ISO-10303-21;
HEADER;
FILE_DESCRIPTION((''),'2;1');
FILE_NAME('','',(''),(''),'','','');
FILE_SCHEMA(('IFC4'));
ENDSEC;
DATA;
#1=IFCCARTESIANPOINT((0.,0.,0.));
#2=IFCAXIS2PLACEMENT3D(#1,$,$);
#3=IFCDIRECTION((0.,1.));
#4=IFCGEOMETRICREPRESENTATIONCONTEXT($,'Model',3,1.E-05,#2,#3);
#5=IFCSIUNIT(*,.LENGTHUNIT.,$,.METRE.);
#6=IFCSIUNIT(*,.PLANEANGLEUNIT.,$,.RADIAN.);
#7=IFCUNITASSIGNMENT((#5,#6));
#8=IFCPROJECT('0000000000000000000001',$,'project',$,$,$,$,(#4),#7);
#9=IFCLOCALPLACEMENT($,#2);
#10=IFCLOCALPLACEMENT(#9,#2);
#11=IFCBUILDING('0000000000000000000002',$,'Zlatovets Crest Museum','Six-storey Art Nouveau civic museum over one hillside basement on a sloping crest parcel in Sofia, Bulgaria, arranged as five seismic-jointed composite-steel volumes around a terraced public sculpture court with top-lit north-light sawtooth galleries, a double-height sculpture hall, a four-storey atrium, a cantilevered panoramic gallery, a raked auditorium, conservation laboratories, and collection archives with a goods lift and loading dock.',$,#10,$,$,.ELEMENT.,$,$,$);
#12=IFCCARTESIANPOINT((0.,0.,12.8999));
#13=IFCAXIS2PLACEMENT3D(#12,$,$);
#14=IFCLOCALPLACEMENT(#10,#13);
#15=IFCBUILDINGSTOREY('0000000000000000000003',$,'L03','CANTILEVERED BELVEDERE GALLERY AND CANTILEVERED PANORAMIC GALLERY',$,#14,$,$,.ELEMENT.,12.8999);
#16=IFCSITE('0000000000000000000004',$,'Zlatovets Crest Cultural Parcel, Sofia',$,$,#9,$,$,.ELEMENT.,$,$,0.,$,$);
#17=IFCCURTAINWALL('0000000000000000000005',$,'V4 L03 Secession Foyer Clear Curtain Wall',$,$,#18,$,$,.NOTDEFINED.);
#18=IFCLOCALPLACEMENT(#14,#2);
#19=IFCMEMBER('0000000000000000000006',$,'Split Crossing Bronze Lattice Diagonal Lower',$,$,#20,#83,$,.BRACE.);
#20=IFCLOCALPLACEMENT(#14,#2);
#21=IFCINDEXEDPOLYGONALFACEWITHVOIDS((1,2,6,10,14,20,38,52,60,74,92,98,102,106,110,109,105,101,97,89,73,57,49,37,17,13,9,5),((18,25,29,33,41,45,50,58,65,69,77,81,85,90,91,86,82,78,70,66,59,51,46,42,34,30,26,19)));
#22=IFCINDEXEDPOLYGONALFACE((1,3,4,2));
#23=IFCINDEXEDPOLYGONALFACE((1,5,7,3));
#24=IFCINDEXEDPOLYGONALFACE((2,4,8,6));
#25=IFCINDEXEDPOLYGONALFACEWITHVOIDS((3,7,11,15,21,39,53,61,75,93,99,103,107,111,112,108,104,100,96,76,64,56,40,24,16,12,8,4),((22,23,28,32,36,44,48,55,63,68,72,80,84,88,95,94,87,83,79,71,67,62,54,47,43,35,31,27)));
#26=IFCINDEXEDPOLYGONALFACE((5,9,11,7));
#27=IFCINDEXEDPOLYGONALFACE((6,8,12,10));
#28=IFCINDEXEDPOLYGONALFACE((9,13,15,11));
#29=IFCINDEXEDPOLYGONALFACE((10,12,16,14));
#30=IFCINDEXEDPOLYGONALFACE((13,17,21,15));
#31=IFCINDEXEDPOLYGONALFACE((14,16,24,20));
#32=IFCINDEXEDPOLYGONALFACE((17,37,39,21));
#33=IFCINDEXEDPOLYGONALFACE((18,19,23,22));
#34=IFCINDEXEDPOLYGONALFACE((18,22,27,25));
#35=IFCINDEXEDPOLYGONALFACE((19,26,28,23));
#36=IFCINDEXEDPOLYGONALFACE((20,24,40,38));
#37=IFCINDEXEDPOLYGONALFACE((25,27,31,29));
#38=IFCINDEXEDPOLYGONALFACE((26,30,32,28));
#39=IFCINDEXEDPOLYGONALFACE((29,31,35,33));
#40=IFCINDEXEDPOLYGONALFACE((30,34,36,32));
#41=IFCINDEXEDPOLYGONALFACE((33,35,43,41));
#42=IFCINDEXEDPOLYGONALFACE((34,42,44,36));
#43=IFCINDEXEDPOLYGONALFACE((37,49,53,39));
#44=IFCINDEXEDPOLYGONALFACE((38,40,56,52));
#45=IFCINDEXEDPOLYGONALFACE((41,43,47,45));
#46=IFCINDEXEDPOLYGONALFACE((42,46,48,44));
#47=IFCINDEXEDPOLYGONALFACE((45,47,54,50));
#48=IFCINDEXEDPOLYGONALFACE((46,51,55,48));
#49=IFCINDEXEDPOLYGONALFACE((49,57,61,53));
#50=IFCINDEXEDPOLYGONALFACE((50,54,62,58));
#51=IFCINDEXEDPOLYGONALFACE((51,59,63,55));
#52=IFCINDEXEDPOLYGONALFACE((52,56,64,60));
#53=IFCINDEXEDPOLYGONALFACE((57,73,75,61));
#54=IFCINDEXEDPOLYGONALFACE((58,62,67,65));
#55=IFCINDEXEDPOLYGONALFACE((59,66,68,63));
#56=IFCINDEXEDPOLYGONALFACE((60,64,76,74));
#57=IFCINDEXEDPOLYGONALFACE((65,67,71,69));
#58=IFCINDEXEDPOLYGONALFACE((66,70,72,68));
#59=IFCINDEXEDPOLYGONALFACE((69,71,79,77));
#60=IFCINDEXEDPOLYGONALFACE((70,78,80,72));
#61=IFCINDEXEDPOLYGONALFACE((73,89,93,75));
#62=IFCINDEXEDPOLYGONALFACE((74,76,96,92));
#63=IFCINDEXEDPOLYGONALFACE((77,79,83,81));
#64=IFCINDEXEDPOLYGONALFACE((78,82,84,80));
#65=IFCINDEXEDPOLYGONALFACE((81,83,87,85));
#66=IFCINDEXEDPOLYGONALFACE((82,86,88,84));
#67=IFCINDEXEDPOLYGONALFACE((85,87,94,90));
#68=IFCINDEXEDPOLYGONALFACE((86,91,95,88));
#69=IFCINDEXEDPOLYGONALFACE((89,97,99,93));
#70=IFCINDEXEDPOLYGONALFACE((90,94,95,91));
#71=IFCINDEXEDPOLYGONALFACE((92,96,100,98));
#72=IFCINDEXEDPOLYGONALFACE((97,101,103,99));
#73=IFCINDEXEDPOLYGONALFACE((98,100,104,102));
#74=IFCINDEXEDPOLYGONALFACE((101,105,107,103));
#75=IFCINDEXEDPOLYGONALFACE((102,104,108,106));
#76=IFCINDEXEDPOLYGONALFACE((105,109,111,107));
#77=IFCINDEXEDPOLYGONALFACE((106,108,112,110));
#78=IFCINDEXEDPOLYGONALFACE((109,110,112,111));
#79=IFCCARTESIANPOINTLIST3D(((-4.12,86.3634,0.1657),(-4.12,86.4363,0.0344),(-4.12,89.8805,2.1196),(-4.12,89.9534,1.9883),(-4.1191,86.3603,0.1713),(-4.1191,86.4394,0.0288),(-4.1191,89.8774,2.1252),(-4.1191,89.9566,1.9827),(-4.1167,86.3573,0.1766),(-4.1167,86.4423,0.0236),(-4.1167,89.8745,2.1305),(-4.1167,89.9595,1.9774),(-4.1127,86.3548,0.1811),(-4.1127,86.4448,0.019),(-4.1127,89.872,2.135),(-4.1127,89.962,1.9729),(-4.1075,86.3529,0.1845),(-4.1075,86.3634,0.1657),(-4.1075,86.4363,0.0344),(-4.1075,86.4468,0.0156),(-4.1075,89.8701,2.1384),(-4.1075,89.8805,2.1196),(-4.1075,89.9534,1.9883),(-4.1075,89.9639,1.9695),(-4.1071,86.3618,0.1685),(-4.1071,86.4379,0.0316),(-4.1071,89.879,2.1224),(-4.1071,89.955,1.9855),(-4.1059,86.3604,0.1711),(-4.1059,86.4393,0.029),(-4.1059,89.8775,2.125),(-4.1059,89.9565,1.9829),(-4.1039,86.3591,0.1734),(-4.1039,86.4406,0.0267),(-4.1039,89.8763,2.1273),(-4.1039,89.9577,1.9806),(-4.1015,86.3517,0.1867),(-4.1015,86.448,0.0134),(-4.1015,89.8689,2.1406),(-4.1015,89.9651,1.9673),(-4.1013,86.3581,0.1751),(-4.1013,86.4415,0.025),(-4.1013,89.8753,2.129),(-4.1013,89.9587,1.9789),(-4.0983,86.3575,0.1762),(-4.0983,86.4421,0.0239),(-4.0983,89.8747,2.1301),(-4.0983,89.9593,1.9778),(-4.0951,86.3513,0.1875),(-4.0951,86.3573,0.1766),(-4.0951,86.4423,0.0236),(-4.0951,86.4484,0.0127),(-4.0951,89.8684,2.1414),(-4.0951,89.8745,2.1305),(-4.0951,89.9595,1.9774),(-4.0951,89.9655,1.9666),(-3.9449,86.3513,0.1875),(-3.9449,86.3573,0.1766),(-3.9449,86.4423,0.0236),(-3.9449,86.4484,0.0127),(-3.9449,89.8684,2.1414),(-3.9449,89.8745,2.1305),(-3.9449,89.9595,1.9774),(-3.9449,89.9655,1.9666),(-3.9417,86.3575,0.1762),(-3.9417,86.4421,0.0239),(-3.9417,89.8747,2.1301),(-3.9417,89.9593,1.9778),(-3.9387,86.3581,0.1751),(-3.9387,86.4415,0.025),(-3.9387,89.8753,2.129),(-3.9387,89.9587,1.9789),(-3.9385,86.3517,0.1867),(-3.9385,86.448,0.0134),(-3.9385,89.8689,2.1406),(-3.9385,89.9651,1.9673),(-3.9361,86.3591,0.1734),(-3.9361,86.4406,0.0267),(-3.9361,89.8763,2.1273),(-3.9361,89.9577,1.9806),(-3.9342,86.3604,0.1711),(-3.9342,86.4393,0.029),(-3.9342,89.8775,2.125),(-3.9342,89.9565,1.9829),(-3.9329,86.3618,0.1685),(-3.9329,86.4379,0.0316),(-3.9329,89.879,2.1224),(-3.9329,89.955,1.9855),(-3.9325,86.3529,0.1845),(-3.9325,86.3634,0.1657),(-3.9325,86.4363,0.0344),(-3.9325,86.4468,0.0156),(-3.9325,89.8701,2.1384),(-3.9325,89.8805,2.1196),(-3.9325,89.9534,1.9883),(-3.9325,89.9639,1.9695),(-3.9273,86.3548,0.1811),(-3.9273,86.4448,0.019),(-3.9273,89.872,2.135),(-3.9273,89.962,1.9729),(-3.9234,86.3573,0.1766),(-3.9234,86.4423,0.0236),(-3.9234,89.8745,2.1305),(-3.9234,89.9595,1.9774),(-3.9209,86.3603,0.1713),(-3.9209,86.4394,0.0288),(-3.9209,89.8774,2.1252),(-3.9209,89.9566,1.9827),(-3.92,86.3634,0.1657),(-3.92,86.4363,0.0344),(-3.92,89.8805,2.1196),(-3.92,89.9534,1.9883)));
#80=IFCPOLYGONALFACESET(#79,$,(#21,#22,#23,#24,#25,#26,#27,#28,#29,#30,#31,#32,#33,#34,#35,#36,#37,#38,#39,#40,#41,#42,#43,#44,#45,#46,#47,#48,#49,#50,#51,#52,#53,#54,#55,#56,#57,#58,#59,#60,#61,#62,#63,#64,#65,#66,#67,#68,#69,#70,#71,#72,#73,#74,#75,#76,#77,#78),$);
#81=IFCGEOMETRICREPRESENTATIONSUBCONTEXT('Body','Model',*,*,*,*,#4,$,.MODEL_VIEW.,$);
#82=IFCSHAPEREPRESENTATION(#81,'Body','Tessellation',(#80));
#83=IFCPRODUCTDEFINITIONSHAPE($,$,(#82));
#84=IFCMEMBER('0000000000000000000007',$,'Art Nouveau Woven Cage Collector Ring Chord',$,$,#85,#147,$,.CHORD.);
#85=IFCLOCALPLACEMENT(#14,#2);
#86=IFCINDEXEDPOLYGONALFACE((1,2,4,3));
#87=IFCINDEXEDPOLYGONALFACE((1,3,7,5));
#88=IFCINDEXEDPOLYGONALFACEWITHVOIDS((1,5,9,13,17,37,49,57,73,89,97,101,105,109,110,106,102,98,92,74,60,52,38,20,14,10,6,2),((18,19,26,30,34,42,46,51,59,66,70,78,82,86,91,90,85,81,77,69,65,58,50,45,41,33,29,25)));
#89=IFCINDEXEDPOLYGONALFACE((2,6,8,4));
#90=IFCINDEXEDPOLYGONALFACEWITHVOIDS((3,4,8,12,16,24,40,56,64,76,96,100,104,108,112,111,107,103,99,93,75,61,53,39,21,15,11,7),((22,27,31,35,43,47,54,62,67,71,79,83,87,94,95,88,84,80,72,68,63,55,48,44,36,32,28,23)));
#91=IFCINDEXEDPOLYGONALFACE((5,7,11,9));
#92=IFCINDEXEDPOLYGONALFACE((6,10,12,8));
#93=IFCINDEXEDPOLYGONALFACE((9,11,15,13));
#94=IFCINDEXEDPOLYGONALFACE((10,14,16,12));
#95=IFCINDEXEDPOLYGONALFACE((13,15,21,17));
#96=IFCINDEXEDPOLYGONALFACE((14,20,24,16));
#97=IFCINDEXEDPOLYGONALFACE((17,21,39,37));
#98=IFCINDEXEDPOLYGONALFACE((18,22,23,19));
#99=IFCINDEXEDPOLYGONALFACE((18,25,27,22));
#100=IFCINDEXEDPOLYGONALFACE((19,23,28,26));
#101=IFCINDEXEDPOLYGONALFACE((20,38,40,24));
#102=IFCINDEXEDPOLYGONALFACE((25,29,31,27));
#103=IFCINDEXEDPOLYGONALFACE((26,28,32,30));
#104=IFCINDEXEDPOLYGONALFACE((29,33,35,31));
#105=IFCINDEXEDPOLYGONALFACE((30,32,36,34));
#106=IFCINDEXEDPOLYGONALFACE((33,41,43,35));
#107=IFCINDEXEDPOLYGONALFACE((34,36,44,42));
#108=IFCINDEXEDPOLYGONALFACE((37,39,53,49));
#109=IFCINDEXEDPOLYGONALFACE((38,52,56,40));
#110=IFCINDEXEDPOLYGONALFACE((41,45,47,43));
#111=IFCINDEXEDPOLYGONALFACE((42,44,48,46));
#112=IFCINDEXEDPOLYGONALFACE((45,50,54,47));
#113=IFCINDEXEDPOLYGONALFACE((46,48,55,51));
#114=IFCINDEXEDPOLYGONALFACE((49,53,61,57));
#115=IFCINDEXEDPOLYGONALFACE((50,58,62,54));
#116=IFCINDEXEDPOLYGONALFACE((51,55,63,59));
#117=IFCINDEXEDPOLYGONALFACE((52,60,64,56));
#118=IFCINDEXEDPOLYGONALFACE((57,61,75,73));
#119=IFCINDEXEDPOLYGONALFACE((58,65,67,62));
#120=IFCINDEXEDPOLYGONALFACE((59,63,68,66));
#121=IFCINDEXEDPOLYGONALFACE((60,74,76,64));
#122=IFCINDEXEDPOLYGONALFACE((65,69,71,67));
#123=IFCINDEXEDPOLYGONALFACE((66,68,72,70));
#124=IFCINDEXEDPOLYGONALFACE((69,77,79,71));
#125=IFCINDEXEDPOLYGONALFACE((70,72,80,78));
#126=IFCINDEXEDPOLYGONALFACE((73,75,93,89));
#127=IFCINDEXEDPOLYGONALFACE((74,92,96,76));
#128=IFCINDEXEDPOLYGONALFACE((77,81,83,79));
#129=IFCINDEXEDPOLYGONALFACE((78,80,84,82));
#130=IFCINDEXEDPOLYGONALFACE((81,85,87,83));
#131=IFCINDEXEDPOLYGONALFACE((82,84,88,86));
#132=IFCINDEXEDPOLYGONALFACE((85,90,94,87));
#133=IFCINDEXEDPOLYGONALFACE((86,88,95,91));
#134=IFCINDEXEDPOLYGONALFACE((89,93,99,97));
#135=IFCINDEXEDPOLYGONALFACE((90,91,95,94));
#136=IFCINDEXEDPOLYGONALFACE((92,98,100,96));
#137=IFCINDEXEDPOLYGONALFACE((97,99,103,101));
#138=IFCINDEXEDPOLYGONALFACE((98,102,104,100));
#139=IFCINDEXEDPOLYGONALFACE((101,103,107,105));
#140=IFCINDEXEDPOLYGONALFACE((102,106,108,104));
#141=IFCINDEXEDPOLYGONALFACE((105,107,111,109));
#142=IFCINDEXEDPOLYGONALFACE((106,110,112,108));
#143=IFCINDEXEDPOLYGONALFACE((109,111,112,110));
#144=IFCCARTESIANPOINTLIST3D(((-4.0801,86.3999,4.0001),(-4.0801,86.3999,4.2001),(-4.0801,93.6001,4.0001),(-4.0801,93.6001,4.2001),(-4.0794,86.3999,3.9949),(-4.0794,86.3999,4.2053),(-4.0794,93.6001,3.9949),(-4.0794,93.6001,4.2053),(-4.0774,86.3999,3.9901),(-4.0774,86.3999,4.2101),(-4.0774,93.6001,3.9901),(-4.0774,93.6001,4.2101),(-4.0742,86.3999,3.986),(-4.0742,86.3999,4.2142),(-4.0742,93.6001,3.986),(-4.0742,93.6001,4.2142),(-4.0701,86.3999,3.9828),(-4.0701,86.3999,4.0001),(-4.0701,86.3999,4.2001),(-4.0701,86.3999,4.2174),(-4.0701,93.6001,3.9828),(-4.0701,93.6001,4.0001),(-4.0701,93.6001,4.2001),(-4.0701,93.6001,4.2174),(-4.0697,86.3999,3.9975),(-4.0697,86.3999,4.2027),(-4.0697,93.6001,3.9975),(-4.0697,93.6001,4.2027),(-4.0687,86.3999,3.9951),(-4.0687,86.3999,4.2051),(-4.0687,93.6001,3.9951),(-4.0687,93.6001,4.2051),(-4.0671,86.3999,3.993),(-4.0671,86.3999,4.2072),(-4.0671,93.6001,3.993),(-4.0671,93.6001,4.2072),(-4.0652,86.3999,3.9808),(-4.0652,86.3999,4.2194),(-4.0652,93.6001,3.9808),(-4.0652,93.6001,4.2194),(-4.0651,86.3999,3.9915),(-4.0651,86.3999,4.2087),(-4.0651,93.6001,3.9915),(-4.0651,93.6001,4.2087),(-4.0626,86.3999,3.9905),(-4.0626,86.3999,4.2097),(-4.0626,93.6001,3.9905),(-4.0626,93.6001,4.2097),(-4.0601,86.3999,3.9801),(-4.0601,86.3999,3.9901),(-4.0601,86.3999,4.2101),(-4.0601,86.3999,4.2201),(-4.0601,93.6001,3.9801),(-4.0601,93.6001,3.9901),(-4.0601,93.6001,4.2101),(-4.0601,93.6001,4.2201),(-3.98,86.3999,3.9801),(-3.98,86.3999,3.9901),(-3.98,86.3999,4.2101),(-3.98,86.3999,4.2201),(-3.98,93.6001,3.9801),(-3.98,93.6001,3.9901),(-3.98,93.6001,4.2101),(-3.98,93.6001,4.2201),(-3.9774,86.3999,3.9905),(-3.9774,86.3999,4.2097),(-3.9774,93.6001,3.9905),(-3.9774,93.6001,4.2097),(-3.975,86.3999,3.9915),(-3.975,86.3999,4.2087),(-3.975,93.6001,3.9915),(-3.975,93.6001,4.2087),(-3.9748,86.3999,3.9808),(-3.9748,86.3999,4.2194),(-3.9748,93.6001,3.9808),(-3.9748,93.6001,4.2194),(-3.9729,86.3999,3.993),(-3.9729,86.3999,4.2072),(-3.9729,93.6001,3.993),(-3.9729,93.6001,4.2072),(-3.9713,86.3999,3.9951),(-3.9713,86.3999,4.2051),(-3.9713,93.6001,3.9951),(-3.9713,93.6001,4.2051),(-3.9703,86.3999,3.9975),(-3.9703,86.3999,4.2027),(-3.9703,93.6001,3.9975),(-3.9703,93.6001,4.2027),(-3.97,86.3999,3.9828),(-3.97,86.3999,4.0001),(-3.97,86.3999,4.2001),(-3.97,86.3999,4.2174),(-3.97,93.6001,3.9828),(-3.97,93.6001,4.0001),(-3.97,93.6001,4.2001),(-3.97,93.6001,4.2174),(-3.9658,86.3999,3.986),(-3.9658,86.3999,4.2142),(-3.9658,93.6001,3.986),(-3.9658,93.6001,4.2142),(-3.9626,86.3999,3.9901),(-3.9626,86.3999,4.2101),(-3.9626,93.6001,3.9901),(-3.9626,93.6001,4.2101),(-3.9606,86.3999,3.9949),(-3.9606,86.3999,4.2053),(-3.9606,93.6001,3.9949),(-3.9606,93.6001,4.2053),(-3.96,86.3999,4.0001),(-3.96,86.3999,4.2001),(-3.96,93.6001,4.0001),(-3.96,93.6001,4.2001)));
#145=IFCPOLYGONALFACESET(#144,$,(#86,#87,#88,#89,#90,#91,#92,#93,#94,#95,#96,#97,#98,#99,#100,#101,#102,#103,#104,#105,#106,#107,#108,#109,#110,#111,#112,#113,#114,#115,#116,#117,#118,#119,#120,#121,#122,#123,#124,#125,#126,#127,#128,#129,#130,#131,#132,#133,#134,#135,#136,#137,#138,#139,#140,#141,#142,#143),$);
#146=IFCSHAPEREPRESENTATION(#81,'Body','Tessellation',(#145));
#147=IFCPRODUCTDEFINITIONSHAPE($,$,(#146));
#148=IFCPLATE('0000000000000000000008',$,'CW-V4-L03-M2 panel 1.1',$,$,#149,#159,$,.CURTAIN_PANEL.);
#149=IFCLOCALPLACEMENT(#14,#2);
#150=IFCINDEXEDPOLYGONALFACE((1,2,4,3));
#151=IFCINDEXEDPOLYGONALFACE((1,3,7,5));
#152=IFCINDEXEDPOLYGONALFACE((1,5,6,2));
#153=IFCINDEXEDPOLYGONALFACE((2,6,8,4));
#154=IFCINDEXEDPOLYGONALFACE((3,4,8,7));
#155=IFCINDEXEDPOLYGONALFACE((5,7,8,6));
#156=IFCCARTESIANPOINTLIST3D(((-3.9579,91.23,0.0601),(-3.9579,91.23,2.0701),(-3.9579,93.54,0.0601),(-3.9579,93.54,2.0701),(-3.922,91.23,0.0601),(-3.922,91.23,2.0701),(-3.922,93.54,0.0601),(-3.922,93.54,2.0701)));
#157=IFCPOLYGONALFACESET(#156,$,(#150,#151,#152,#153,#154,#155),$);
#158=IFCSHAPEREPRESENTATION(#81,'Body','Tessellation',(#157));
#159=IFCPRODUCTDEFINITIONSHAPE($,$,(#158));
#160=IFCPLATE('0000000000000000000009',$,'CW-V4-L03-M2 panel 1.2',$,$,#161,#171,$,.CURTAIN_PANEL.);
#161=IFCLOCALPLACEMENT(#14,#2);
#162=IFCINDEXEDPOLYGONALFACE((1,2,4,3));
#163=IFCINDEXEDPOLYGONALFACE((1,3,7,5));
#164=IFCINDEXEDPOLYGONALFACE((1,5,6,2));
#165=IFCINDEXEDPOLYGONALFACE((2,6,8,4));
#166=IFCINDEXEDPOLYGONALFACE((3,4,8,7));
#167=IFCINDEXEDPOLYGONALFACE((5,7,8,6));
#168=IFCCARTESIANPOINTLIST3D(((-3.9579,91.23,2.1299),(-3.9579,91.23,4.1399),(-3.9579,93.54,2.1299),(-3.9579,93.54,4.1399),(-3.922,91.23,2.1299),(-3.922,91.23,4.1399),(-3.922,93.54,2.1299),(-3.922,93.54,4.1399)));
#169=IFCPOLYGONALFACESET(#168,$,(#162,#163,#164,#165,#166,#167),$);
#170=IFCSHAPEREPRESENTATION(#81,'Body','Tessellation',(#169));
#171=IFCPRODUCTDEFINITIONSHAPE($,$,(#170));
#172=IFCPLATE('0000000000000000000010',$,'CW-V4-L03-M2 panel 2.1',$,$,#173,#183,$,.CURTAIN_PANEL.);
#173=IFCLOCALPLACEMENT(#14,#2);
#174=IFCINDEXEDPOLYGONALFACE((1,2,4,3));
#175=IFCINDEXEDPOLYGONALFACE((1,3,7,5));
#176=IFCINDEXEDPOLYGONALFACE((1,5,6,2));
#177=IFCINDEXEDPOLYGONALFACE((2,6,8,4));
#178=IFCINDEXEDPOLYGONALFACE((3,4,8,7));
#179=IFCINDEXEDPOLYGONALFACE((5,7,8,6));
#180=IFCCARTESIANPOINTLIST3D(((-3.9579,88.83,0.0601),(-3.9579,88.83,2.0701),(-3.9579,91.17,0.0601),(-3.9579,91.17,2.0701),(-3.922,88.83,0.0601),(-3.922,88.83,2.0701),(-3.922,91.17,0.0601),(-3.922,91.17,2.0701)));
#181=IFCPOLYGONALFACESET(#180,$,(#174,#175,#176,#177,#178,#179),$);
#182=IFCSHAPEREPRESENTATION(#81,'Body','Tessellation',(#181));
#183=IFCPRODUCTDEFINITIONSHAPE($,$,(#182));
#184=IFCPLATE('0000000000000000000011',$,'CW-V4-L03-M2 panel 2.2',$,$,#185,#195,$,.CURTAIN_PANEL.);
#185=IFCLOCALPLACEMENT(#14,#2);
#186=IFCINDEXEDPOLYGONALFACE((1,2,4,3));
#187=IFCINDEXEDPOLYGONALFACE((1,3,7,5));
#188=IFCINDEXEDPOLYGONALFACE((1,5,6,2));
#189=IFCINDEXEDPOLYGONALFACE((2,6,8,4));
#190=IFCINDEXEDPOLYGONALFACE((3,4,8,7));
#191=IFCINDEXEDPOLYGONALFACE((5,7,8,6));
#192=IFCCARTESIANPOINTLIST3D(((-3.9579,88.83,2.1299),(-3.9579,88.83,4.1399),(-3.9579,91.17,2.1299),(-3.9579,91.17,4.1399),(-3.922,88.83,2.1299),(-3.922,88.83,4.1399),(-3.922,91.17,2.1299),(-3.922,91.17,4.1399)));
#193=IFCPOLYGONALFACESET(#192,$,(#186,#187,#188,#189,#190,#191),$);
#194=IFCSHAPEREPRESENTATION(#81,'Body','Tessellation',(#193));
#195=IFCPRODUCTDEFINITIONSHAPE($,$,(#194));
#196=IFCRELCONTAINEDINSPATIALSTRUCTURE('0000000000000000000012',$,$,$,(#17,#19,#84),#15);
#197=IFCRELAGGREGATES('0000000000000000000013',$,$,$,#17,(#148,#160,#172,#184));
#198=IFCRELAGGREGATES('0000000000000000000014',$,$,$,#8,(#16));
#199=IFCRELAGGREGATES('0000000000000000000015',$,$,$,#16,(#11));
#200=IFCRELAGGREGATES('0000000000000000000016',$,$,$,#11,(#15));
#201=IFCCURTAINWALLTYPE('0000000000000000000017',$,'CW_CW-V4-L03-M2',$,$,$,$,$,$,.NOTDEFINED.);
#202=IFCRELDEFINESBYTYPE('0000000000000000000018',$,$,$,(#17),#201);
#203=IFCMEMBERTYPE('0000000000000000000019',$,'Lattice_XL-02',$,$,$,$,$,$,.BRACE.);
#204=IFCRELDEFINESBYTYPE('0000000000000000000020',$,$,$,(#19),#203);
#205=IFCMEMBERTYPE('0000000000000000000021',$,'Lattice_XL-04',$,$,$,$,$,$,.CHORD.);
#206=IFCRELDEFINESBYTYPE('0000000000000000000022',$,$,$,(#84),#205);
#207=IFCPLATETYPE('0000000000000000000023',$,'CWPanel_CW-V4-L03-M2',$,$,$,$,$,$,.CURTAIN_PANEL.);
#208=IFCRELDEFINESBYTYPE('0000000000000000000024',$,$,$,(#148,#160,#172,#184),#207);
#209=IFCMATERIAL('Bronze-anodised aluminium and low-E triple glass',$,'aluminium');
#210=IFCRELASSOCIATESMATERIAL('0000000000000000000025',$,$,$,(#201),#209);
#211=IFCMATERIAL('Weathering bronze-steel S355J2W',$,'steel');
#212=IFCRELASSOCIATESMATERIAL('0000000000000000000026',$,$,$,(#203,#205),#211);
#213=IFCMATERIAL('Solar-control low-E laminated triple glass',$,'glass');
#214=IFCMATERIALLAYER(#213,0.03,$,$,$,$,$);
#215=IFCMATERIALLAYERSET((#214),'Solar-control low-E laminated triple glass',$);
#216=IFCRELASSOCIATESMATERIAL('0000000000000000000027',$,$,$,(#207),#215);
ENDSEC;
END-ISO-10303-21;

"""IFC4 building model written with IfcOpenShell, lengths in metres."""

from ifc_helpers import new_model, si_unit, direction, frame, origin, origin_2d, place, context, subcontext, project, spatial, rectangle, hollow_rectangle, extrude, material, layer, layer_set, material_profile, profile_set, type_object, element, aggregate, save


model = new_model("IFC4")

# Units and contexts
model_context = context("Model", 3, precision=1e-05, world=origin(), true_north=direction((0.0, 1.0)))
body_context = subcontext(model_context, "Body", "Model", "MODEL_VIEW")
ifc_project = project(units=[si_unit("LENGTHUNIT", "METRE"), si_unit("PLANEANGLEUNIT", "RADIAN")], contexts=[model_context])

# Site, building, storey
site_placement = place(None, origin())
site = spatial("IfcSite", under=ifc_project, at=site_placement, Name="Zlatovets Crest Cultural Parcel, Sofia", CompositionType="ELEMENT", RefElevation=0.0)
building_placement = place(site_placement, origin())
building = spatial("IfcBuilding", under=site, at=building_placement, Name="Zlatovets Crest Museum", Description="Six-storey Art Nouveau civic museum over one hillside basement on a sloping crest parcel in Sofia, Bulgaria, arranged as five seismic-jointed composite-steel volumes around a terraced public sculpture court with top-lit north-light sawtooth galleries, a double-height sculpture hall, a four-storey atrium, a cantilevered panoramic gallery, a raked auditorium, conservation laboratories, and collection archives with a goods lift and loading dock.", CompositionType="ELEMENT")
storey_placement = place(building_placement, frame((0.0, 0.0, 12.8999)))
storey = spatial("IfcBuildingStorey", under=building, at=storey_placement, Name="L03", Description="CANTILEVERED BELVEDERE GALLERY AND CANTILEVERED PANORAMIC GALLERY", CompositionType="ELEMENT", Elevation=12.8999)

# Curtain wall
ifc_material_1 = material(Name="Bronze-anodised aluminium and low-E triple glass", Category="aluminium")
curtain_wall_type = type_object("IfcCurtainWallType", Name="CW_CW-V4-L03-M2", PredefinedType="NOTDEFINED", material=ifc_material_1)
curtain_wall_placement = place(storey_placement, origin())
curtain_wall = element("IfcCurtainWall", 1, at=curtain_wall_placement, inside=storey, type_object=curtain_wall_type, Name="V4 L03 Secession Foyer Clear Curtain Wall", PredefinedType="NOTDEFINED")

# Members
ifc_material_2 = material(Name="Weathering bronze-steel S355J2W", Category="steel")
ifc_material_profile_1 = material_profile(ifc_material_2, hollow_rectangle(XDim=0.2, YDim=0.2, WallThickness=0.0125, InnerFilletRadius=0.0125, OuterFilletRadius=0.0249, at=origin_2d()), Name="SHS 200x200x12.5")
ifc_profile_set_1 = profile_set([ifc_material_profile_1], Name="Weathering bronze-steel S355J2W")
member_type_1 = type_object("IfcMemberType", Name="Lattice_XL-02", PredefinedType="BRACE", material=ifc_profile_set_1)
for number, where, z_axis, x_axis, name in (
    (2, (-4.02, 89.917, 2.054), (0.0, -0.874166, -0.485627), (1.0, 0.0, 0.0), "Split Crossing Bronze Lattice Diagonal Lower"),
):
    element("IfcMember", number, at=place(storey_placement, frame(where, z_axis=z_axis, x_axis=x_axis)), inside=storey, type_object=member_type_1, Name=name, PredefinedType="BRACE", context=body_context, shape_type="SweptSolid", body=[
        extrude(hollow_rectangle(XDim=0.2, YDim=0.2, WallThickness=0.0125, InnerFilletRadius=0.0125, OuterFilletRadius=0.0249, at=origin_2d()), origin(), (0.0, 0.0, 1.0), 4.0234),
    ])
ifc_material_profile_2 = material_profile(ifc_material_2, hollow_rectangle(XDim=0.1201, YDim=0.24, WallThickness=0.01, InnerFilletRadius=0.01, OuterFilletRadius=0.02, at=origin_2d()), Name="RHS 120x240x10.0")
ifc_profile_set_2 = profile_set([ifc_material_profile_2], Name="Weathering bronze-steel S355J2W")
member_type_2 = type_object("IfcMemberType", Name="Lattice_XL-04", PredefinedType="CHORD", material=ifc_profile_set_2)
member_1_placement = place(storey_placement, frame((-4.02, 93.6001, 4.1001), z_axis=(0.0, -1.0, 0.0), x_axis=(1.0, 0.0, 0.0)))
element("IfcMember", 3, at=member_1_placement, inside=storey, type_object=member_type_2, Name="Art Nouveau Woven Cage Collector Ring Chord", PredefinedType="CHORD", context=body_context, shape_type="SweptSolid", body=[
    extrude(hollow_rectangle(XDim=0.1201, YDim=0.24, WallThickness=0.01, InnerFilletRadius=0.01, OuterFilletRadius=0.02, at=origin_2d()), origin(), (0.0, 0.0, 1.0), 7.2002),
])

# Plates
ifc_material_3 = material(Name="Solar-control low-E laminated triple glass", Category="glass")
ifc_layer_1 = layer(ifc_material_3, 0.03)
ifc_layer_set_1 = layer_set([ifc_layer_1], Name="Solar-control low-E laminated triple glass")
plate_type_1 = type_object("IfcPlateType", Name="CWPanel_CW-V4-L03-M2", PredefinedType="CURTAIN_PANEL", material=ifc_layer_set_1)
plate_1_placement = place(storey_placement, frame((-3.9399, 92.385, 0.0601), z_axis=(0.0, 0.0, 1.0), x_axis=(0.0, -1.0, 0.0)))
plate_1 = element("IfcPlate", 4, at=plate_1_placement, type_object=plate_type_1, Name="CW-V4-L03-M2 panel 1.1", PredefinedType="CURTAIN_PANEL", context=body_context, shape_type="SweptSolid", body=[
    extrude(rectangle(XDim=2.3101, YDim=0.0359, at=origin_2d()), origin(), (0.0, 0.0, 1.0), 2.01),
])
plate_2_placement = place(storey_placement, frame((-3.9399, 92.385, 2.1299), z_axis=(0.0, 0.0, 1.0), x_axis=(0.0, -1.0, 0.0)))
plate_2 = element("IfcPlate", 5, at=plate_2_placement, type_object=plate_type_1, Name="CW-V4-L03-M2 panel 1.2", PredefinedType="CURTAIN_PANEL", context=body_context, shape_type="SweptSolid", body=[
    extrude(rectangle(XDim=2.3101, YDim=0.0359, at=origin_2d()), origin(), (0.0, 0.0, 1.0), 2.01),
])
plate_3_placement = place(storey_placement, frame((-3.9399, 90.0, 0.0601), z_axis=(0.0, 0.0, 1.0), x_axis=(0.0, -1.0, 0.0)))
plate_3 = element("IfcPlate", 6, at=plate_3_placement, type_object=plate_type_1, Name="CW-V4-L03-M2 panel 2.1", PredefinedType="CURTAIN_PANEL", context=body_context, shape_type="SweptSolid", body=[
    extrude(rectangle(XDim=2.3401, YDim=0.0359, at=origin_2d()), origin(), (0.0, 0.0, 1.0), 2.01),
])
plate_4_placement = place(storey_placement, frame((-3.9399, 90.0, 2.1299), z_axis=(0.0, 0.0, 1.0), x_axis=(0.0, -1.0, 0.0)))
plate_4 = element("IfcPlate", 7, at=plate_4_placement, type_object=plate_type_1, Name="CW-V4-L03-M2 panel 2.2", PredefinedType="CURTAIN_PANEL", context=body_context, shape_type="SweptSolid", body=[
    extrude(rectangle(XDim=2.3401, YDim=0.0359, at=origin_2d()), origin(), (0.0, 0.0, 1.0), 2.01),
])
aggregate(curtain_wall, [plate_1, plate_2, plate_3, plate_4])

save(model, "model.ifc")
